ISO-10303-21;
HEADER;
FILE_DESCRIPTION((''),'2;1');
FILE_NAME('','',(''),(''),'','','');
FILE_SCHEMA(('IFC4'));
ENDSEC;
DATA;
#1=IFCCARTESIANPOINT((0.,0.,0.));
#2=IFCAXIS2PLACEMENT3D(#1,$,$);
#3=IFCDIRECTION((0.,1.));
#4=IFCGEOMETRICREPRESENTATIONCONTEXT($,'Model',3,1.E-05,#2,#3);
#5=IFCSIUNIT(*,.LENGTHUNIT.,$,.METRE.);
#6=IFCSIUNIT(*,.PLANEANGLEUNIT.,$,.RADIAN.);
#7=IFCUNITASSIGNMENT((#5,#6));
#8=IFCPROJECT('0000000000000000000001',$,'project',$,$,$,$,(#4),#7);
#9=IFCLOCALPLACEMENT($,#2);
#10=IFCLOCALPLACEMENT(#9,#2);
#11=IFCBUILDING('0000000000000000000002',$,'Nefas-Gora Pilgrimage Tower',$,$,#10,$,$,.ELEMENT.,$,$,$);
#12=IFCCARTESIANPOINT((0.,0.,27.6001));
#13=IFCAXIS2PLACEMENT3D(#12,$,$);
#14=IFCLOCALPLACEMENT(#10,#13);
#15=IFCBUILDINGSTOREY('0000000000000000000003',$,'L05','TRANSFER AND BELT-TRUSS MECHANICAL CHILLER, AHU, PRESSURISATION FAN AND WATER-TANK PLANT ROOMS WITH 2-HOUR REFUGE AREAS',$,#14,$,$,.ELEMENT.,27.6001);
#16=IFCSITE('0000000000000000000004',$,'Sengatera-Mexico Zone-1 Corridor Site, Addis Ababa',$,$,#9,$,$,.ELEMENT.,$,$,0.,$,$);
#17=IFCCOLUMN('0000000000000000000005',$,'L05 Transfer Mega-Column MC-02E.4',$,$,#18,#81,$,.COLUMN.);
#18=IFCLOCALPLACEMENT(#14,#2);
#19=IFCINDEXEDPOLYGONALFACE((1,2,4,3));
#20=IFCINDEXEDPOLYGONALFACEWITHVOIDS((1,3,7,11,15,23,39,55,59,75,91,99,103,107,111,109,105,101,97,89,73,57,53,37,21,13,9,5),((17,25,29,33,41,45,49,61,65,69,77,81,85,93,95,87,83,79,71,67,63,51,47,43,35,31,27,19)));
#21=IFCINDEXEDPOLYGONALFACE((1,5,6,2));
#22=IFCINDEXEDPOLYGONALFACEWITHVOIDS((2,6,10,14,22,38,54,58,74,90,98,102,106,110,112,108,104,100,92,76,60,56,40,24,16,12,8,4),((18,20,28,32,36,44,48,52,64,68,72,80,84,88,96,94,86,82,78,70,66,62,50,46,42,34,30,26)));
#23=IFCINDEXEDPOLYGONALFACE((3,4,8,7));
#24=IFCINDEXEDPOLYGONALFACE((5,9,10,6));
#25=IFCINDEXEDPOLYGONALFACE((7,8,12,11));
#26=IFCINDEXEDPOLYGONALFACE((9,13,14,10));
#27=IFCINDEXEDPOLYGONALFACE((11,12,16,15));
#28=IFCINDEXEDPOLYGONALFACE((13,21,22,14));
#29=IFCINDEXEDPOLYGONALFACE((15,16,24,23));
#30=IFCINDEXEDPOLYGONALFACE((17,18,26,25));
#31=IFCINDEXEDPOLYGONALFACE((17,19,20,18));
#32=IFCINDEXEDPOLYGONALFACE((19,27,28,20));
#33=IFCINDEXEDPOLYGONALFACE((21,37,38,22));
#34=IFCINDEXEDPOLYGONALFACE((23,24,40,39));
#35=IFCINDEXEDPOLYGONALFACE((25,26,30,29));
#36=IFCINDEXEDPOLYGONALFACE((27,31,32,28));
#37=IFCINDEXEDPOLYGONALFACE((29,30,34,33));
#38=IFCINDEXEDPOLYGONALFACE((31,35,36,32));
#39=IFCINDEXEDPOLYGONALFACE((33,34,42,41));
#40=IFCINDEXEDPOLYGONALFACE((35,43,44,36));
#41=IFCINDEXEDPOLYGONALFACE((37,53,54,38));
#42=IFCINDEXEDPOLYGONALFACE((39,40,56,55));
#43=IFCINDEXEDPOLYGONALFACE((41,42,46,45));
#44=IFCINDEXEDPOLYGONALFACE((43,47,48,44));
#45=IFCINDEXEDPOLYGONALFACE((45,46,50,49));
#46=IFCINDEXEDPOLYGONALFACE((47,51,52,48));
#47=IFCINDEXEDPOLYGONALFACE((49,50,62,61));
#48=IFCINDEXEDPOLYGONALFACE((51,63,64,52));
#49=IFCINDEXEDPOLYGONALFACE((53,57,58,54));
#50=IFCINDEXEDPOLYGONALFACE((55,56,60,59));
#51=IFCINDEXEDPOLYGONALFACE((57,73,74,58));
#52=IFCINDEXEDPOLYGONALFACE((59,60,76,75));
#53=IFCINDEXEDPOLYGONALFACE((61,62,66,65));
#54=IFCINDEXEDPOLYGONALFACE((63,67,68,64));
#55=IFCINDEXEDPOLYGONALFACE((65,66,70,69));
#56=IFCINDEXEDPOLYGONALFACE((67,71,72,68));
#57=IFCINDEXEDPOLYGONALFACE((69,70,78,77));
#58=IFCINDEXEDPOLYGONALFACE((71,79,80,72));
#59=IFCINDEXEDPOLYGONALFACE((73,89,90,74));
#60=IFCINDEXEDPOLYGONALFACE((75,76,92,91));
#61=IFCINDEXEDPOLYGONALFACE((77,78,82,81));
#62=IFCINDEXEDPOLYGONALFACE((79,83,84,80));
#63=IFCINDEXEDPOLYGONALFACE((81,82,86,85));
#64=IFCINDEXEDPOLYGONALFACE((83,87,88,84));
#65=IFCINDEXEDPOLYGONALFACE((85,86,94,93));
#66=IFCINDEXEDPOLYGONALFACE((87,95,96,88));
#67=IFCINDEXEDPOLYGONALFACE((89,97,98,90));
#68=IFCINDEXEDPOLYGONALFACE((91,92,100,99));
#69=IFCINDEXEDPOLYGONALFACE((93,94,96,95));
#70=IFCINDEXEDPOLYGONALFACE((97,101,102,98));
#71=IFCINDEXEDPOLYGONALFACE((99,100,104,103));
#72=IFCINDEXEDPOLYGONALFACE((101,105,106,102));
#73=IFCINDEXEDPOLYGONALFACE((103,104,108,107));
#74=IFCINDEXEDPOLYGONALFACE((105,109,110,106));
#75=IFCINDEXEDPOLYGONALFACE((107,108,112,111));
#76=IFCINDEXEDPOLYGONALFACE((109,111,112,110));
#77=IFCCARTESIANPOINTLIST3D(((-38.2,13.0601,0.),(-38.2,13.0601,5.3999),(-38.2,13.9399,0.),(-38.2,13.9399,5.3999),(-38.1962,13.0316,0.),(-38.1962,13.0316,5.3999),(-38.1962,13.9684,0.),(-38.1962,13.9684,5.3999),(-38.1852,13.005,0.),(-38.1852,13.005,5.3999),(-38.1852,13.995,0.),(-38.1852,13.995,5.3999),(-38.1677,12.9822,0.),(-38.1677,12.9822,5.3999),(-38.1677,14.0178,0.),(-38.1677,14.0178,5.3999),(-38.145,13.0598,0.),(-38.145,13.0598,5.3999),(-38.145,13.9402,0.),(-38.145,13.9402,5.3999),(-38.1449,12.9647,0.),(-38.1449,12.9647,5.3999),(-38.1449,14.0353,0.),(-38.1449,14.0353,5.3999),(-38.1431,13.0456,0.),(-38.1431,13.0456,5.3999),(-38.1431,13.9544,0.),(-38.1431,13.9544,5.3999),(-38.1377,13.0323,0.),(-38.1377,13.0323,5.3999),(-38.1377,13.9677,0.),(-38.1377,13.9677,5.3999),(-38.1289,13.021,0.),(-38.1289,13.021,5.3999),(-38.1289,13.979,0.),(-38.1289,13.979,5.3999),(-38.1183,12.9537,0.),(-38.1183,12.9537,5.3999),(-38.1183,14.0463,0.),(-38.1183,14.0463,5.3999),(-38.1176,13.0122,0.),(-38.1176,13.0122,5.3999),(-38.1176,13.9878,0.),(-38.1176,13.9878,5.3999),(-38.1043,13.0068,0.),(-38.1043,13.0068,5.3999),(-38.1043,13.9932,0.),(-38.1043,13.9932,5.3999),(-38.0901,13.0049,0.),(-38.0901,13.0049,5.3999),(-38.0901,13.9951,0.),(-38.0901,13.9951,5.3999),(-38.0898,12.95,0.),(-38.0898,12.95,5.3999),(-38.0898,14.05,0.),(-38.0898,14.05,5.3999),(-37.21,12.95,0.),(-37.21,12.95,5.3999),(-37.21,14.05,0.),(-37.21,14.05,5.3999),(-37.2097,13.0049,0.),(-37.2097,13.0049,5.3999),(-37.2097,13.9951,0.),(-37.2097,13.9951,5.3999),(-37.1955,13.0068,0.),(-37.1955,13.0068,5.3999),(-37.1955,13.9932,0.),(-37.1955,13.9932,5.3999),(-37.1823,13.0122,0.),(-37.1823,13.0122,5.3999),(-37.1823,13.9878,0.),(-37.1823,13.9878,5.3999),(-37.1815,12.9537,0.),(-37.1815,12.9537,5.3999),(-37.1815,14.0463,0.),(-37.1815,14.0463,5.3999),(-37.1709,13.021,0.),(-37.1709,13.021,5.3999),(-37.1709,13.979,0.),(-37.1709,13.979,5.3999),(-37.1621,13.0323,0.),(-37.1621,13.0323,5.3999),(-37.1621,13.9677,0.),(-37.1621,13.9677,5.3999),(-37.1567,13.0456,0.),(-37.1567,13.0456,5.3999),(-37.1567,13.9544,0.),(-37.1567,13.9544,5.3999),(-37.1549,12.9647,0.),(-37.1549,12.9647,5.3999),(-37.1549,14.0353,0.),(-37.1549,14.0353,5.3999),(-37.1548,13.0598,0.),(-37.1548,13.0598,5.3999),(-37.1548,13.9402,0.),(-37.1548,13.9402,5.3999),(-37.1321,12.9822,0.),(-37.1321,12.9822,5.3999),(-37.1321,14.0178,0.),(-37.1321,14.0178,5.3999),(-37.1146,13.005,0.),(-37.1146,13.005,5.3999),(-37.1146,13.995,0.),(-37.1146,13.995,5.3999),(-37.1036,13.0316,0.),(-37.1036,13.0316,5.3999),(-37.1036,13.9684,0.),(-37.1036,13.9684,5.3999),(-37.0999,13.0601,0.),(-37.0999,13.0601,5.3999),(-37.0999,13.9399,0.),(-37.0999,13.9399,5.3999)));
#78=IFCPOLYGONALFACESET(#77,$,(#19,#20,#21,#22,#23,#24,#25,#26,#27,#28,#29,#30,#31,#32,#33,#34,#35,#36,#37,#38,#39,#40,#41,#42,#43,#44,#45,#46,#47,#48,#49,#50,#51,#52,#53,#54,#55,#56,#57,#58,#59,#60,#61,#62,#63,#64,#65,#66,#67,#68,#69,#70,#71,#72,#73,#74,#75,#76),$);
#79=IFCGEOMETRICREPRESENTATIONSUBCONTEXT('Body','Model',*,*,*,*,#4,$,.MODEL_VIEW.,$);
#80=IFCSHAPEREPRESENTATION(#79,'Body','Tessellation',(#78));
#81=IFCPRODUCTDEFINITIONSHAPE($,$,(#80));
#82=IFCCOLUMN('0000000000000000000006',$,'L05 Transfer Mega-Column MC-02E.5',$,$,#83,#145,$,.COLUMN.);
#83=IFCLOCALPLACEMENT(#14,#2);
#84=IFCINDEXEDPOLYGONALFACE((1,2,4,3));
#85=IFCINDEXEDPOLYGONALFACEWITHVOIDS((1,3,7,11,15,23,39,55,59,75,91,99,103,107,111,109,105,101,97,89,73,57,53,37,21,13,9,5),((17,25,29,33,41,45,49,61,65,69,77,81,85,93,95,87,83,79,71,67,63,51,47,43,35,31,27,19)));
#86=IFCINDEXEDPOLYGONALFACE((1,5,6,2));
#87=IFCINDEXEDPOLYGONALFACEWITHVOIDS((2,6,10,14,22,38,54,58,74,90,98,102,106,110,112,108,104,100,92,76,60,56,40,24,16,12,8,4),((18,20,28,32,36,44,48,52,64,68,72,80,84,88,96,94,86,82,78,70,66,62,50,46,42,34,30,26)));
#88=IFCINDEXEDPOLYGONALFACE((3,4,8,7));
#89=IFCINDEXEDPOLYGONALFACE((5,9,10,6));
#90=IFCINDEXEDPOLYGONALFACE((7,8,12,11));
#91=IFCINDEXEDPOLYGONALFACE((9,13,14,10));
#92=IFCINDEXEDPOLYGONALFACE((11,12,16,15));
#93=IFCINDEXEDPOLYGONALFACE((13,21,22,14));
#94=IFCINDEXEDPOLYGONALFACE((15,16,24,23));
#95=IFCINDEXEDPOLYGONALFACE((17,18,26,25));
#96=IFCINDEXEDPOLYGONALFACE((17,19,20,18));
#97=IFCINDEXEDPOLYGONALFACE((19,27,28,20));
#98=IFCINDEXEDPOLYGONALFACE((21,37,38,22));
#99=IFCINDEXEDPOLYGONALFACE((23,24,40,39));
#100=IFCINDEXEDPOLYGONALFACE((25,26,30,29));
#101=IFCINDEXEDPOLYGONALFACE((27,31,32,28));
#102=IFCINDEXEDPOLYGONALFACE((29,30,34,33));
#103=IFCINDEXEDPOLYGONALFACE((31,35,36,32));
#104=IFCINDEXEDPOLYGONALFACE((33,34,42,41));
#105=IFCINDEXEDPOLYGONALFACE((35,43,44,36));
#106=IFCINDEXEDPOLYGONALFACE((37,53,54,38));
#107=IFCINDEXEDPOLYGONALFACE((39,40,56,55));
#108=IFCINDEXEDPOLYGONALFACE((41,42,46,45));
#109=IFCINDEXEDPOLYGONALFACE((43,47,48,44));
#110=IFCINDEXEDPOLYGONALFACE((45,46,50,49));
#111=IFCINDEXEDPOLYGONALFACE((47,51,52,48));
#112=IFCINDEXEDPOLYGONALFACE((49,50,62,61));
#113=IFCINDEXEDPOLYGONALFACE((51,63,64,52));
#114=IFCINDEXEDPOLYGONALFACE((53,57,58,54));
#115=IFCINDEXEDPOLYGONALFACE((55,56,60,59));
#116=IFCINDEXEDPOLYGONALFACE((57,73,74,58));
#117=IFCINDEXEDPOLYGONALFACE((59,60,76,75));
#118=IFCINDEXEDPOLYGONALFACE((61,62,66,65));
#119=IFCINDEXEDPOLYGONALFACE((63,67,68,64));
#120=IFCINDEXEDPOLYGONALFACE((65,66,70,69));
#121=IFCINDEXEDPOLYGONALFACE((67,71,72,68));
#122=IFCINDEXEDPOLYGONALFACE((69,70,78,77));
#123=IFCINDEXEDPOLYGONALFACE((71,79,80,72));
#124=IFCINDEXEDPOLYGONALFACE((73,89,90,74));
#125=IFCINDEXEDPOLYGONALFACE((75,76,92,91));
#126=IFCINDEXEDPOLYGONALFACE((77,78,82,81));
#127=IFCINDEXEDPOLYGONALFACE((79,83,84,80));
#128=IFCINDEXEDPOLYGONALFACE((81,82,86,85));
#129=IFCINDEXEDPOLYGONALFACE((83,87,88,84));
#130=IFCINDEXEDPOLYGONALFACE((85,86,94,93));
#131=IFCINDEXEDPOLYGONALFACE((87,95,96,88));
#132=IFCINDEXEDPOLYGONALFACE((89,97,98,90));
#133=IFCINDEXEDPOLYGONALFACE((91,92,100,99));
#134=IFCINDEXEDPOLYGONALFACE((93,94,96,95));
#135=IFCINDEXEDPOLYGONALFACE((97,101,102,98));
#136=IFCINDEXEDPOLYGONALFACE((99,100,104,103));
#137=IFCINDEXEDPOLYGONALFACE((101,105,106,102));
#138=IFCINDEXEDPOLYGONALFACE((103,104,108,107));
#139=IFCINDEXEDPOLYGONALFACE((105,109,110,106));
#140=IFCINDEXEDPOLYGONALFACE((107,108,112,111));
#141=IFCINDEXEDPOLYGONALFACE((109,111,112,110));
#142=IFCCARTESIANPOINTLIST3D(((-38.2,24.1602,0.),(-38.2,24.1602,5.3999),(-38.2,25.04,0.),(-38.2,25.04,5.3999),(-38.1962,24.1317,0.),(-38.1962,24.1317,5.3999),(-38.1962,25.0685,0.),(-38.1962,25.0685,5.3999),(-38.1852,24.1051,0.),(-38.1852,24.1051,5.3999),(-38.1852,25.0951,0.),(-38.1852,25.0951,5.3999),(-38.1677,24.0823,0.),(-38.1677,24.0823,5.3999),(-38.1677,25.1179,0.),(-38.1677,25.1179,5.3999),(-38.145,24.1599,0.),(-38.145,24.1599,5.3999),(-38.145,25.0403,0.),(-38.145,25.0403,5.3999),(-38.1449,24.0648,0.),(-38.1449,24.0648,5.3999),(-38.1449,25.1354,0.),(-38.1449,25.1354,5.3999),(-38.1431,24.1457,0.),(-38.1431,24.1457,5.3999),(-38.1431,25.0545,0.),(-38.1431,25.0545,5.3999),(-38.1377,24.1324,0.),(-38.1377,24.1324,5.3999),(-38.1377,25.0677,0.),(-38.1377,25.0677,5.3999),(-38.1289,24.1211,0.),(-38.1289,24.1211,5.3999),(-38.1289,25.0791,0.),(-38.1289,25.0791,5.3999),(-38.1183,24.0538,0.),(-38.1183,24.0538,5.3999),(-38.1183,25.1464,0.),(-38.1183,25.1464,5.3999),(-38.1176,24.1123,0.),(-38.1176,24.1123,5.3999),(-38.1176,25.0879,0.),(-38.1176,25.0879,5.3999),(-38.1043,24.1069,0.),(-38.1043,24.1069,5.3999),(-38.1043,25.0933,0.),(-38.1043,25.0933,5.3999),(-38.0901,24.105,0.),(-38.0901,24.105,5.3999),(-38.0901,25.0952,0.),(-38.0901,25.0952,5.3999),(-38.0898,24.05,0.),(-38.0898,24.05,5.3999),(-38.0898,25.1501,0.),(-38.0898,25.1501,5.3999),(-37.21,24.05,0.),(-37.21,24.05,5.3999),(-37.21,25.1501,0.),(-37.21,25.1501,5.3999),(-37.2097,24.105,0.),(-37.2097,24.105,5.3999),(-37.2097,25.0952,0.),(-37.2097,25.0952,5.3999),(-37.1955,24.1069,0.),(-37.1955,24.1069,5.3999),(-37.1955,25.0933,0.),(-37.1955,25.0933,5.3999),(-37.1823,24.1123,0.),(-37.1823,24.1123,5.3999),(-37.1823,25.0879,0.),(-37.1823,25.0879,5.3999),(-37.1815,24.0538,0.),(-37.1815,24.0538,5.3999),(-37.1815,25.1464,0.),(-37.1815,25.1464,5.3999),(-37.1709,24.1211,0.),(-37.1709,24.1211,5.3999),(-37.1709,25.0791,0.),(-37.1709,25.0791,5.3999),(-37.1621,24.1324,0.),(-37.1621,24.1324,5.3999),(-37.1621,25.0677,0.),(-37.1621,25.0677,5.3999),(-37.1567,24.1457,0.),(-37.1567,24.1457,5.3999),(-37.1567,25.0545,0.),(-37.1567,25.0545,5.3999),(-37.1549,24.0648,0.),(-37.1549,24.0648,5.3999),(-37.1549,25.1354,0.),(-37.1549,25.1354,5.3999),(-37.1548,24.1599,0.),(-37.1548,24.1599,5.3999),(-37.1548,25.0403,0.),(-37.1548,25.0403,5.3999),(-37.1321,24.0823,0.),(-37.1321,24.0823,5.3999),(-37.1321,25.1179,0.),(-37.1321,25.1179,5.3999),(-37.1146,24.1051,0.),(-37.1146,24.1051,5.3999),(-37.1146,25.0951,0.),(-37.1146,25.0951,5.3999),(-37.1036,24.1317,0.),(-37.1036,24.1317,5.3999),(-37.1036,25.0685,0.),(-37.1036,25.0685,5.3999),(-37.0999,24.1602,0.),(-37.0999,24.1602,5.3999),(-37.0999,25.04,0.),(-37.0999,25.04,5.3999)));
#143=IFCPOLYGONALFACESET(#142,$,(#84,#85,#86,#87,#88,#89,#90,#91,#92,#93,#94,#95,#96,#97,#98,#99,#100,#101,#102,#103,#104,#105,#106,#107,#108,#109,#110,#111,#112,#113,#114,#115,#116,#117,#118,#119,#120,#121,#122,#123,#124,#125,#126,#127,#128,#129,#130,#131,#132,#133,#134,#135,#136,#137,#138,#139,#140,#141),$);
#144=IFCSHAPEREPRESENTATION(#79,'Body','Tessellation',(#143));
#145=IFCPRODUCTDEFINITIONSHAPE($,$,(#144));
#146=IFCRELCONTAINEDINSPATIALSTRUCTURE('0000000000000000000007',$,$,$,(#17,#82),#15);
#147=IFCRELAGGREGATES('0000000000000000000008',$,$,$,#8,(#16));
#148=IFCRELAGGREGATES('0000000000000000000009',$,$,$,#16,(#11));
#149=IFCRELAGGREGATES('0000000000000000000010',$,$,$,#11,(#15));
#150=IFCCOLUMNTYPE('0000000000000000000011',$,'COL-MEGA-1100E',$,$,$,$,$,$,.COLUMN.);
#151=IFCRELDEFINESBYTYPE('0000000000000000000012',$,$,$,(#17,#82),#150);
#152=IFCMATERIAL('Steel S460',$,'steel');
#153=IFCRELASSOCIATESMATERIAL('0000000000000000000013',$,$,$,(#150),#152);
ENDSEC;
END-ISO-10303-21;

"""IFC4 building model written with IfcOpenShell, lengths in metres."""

from ifc_helpers import new_model, si_unit, direction, frame, origin, origin_2d, place, context, subcontext, project, spatial, hollow_rectangle, extrude, source, transform, mapped, material, material_profile, profile_set, type_object, element, save


model = new_model("IFC4")

# Units and contexts
model_context = context("Model", 3, precision=1e-05, world=origin(), true_north=direction((0.0, 1.0)))
body_context = subcontext(model_context, "Body", "Model", "MODEL_VIEW")
ifc_project = project(units=[si_unit("LENGTHUNIT", "METRE"), si_unit("PLANEANGLEUNIT", "RADIAN")], contexts=[model_context])

# Site, building, storey
site_placement = place(None, origin())
site = spatial("IfcSite", under=ifc_project, at=site_placement, Name="Sengatera-Mexico Zone-1 Corridor Site, Addis Ababa", CompositionType="ELEMENT", RefElevation=0.0)
building_placement = place(site_placement, origin())
building = spatial("IfcBuilding", under=site, at=building_placement, Name="Nefas-Gora Pilgrimage Tower", CompositionType="ELEMENT")
storey_placement = place(building_placement, frame((0.0, 0.0, 27.6001)))
storey = spatial("IfcBuildingStorey", under=building, at=storey_placement, Name="L05", Description="TRANSFER AND BELT-TRUSS MECHANICAL CHILLER, AHU, PRESSURISATION FAN AND WATER-TANK PLANT ROOMS WITH 2-HOUR REFUGE AREAS", CompositionType="ELEMENT", Elevation=27.6001)

# Columns
ifc_material_1 = material(Name="Steel S460", Category="steel")
ifc_material_profile_1 = material_profile(ifc_material_1, hollow_rectangle(XDim=1.1001, YDim=1.1001, WallThickness=0.0549, InnerFilletRadius=0.0549, OuterFilletRadius=0.1101, at=origin_2d()), Name="BOX 1100x1100x55")
ifc_profile_set_1 = profile_set([ifc_material_profile_1], Name="Steel S460")
column_type_1 = type_object("IfcColumnType", Name="COL-MEGA-1100E", PredefinedType="COLUMN", material=ifc_profile_set_1)
shared_shape_1 = source(origin(), body_context, "Body", "SweptSolid", [
    extrude(hollow_rectangle(XDim=1.1001, YDim=1.1001, WallThickness=0.0549, InnerFilletRadius=0.0549, OuterFilletRadius=0.1101, at=origin_2d()), origin(), (0.0, 0.0, 1.0), 5.3999),
])
for number, where, z_axis, x_axis, name in (
    (1, (-37.6499, 13.5, 0.0), (0.0, 0.0, 1.0), (1.0, 0.0, 0.0), "L05 Transfer Mega-Column MC-02E.4"),
    (2, (-37.6499, 24.6001, 0.0), (0.0, 0.0, 1.0), (1.0, 0.0, 0.0), "L05 Transfer Mega-Column MC-02E.5"),
):
    element("IfcColumn", number, at=place(storey_placement, frame(where, z_axis=z_axis, x_axis=x_axis)), inside=storey, type_object=column_type_1, Name=name, PredefinedType="COLUMN", context=body_context, shape_type="MappedRepresentation", body=[
        mapped(shared_shape_1, transform((0.0, 0.0, 0.0), x_axis=(1.0, 0.0, 0.0), y_axis=(0.0, 1.0, 0.0), z_axis=(0.0, 0.0, 1.0), scale=1.0)),
    ])

save(model, "model.ifc")
